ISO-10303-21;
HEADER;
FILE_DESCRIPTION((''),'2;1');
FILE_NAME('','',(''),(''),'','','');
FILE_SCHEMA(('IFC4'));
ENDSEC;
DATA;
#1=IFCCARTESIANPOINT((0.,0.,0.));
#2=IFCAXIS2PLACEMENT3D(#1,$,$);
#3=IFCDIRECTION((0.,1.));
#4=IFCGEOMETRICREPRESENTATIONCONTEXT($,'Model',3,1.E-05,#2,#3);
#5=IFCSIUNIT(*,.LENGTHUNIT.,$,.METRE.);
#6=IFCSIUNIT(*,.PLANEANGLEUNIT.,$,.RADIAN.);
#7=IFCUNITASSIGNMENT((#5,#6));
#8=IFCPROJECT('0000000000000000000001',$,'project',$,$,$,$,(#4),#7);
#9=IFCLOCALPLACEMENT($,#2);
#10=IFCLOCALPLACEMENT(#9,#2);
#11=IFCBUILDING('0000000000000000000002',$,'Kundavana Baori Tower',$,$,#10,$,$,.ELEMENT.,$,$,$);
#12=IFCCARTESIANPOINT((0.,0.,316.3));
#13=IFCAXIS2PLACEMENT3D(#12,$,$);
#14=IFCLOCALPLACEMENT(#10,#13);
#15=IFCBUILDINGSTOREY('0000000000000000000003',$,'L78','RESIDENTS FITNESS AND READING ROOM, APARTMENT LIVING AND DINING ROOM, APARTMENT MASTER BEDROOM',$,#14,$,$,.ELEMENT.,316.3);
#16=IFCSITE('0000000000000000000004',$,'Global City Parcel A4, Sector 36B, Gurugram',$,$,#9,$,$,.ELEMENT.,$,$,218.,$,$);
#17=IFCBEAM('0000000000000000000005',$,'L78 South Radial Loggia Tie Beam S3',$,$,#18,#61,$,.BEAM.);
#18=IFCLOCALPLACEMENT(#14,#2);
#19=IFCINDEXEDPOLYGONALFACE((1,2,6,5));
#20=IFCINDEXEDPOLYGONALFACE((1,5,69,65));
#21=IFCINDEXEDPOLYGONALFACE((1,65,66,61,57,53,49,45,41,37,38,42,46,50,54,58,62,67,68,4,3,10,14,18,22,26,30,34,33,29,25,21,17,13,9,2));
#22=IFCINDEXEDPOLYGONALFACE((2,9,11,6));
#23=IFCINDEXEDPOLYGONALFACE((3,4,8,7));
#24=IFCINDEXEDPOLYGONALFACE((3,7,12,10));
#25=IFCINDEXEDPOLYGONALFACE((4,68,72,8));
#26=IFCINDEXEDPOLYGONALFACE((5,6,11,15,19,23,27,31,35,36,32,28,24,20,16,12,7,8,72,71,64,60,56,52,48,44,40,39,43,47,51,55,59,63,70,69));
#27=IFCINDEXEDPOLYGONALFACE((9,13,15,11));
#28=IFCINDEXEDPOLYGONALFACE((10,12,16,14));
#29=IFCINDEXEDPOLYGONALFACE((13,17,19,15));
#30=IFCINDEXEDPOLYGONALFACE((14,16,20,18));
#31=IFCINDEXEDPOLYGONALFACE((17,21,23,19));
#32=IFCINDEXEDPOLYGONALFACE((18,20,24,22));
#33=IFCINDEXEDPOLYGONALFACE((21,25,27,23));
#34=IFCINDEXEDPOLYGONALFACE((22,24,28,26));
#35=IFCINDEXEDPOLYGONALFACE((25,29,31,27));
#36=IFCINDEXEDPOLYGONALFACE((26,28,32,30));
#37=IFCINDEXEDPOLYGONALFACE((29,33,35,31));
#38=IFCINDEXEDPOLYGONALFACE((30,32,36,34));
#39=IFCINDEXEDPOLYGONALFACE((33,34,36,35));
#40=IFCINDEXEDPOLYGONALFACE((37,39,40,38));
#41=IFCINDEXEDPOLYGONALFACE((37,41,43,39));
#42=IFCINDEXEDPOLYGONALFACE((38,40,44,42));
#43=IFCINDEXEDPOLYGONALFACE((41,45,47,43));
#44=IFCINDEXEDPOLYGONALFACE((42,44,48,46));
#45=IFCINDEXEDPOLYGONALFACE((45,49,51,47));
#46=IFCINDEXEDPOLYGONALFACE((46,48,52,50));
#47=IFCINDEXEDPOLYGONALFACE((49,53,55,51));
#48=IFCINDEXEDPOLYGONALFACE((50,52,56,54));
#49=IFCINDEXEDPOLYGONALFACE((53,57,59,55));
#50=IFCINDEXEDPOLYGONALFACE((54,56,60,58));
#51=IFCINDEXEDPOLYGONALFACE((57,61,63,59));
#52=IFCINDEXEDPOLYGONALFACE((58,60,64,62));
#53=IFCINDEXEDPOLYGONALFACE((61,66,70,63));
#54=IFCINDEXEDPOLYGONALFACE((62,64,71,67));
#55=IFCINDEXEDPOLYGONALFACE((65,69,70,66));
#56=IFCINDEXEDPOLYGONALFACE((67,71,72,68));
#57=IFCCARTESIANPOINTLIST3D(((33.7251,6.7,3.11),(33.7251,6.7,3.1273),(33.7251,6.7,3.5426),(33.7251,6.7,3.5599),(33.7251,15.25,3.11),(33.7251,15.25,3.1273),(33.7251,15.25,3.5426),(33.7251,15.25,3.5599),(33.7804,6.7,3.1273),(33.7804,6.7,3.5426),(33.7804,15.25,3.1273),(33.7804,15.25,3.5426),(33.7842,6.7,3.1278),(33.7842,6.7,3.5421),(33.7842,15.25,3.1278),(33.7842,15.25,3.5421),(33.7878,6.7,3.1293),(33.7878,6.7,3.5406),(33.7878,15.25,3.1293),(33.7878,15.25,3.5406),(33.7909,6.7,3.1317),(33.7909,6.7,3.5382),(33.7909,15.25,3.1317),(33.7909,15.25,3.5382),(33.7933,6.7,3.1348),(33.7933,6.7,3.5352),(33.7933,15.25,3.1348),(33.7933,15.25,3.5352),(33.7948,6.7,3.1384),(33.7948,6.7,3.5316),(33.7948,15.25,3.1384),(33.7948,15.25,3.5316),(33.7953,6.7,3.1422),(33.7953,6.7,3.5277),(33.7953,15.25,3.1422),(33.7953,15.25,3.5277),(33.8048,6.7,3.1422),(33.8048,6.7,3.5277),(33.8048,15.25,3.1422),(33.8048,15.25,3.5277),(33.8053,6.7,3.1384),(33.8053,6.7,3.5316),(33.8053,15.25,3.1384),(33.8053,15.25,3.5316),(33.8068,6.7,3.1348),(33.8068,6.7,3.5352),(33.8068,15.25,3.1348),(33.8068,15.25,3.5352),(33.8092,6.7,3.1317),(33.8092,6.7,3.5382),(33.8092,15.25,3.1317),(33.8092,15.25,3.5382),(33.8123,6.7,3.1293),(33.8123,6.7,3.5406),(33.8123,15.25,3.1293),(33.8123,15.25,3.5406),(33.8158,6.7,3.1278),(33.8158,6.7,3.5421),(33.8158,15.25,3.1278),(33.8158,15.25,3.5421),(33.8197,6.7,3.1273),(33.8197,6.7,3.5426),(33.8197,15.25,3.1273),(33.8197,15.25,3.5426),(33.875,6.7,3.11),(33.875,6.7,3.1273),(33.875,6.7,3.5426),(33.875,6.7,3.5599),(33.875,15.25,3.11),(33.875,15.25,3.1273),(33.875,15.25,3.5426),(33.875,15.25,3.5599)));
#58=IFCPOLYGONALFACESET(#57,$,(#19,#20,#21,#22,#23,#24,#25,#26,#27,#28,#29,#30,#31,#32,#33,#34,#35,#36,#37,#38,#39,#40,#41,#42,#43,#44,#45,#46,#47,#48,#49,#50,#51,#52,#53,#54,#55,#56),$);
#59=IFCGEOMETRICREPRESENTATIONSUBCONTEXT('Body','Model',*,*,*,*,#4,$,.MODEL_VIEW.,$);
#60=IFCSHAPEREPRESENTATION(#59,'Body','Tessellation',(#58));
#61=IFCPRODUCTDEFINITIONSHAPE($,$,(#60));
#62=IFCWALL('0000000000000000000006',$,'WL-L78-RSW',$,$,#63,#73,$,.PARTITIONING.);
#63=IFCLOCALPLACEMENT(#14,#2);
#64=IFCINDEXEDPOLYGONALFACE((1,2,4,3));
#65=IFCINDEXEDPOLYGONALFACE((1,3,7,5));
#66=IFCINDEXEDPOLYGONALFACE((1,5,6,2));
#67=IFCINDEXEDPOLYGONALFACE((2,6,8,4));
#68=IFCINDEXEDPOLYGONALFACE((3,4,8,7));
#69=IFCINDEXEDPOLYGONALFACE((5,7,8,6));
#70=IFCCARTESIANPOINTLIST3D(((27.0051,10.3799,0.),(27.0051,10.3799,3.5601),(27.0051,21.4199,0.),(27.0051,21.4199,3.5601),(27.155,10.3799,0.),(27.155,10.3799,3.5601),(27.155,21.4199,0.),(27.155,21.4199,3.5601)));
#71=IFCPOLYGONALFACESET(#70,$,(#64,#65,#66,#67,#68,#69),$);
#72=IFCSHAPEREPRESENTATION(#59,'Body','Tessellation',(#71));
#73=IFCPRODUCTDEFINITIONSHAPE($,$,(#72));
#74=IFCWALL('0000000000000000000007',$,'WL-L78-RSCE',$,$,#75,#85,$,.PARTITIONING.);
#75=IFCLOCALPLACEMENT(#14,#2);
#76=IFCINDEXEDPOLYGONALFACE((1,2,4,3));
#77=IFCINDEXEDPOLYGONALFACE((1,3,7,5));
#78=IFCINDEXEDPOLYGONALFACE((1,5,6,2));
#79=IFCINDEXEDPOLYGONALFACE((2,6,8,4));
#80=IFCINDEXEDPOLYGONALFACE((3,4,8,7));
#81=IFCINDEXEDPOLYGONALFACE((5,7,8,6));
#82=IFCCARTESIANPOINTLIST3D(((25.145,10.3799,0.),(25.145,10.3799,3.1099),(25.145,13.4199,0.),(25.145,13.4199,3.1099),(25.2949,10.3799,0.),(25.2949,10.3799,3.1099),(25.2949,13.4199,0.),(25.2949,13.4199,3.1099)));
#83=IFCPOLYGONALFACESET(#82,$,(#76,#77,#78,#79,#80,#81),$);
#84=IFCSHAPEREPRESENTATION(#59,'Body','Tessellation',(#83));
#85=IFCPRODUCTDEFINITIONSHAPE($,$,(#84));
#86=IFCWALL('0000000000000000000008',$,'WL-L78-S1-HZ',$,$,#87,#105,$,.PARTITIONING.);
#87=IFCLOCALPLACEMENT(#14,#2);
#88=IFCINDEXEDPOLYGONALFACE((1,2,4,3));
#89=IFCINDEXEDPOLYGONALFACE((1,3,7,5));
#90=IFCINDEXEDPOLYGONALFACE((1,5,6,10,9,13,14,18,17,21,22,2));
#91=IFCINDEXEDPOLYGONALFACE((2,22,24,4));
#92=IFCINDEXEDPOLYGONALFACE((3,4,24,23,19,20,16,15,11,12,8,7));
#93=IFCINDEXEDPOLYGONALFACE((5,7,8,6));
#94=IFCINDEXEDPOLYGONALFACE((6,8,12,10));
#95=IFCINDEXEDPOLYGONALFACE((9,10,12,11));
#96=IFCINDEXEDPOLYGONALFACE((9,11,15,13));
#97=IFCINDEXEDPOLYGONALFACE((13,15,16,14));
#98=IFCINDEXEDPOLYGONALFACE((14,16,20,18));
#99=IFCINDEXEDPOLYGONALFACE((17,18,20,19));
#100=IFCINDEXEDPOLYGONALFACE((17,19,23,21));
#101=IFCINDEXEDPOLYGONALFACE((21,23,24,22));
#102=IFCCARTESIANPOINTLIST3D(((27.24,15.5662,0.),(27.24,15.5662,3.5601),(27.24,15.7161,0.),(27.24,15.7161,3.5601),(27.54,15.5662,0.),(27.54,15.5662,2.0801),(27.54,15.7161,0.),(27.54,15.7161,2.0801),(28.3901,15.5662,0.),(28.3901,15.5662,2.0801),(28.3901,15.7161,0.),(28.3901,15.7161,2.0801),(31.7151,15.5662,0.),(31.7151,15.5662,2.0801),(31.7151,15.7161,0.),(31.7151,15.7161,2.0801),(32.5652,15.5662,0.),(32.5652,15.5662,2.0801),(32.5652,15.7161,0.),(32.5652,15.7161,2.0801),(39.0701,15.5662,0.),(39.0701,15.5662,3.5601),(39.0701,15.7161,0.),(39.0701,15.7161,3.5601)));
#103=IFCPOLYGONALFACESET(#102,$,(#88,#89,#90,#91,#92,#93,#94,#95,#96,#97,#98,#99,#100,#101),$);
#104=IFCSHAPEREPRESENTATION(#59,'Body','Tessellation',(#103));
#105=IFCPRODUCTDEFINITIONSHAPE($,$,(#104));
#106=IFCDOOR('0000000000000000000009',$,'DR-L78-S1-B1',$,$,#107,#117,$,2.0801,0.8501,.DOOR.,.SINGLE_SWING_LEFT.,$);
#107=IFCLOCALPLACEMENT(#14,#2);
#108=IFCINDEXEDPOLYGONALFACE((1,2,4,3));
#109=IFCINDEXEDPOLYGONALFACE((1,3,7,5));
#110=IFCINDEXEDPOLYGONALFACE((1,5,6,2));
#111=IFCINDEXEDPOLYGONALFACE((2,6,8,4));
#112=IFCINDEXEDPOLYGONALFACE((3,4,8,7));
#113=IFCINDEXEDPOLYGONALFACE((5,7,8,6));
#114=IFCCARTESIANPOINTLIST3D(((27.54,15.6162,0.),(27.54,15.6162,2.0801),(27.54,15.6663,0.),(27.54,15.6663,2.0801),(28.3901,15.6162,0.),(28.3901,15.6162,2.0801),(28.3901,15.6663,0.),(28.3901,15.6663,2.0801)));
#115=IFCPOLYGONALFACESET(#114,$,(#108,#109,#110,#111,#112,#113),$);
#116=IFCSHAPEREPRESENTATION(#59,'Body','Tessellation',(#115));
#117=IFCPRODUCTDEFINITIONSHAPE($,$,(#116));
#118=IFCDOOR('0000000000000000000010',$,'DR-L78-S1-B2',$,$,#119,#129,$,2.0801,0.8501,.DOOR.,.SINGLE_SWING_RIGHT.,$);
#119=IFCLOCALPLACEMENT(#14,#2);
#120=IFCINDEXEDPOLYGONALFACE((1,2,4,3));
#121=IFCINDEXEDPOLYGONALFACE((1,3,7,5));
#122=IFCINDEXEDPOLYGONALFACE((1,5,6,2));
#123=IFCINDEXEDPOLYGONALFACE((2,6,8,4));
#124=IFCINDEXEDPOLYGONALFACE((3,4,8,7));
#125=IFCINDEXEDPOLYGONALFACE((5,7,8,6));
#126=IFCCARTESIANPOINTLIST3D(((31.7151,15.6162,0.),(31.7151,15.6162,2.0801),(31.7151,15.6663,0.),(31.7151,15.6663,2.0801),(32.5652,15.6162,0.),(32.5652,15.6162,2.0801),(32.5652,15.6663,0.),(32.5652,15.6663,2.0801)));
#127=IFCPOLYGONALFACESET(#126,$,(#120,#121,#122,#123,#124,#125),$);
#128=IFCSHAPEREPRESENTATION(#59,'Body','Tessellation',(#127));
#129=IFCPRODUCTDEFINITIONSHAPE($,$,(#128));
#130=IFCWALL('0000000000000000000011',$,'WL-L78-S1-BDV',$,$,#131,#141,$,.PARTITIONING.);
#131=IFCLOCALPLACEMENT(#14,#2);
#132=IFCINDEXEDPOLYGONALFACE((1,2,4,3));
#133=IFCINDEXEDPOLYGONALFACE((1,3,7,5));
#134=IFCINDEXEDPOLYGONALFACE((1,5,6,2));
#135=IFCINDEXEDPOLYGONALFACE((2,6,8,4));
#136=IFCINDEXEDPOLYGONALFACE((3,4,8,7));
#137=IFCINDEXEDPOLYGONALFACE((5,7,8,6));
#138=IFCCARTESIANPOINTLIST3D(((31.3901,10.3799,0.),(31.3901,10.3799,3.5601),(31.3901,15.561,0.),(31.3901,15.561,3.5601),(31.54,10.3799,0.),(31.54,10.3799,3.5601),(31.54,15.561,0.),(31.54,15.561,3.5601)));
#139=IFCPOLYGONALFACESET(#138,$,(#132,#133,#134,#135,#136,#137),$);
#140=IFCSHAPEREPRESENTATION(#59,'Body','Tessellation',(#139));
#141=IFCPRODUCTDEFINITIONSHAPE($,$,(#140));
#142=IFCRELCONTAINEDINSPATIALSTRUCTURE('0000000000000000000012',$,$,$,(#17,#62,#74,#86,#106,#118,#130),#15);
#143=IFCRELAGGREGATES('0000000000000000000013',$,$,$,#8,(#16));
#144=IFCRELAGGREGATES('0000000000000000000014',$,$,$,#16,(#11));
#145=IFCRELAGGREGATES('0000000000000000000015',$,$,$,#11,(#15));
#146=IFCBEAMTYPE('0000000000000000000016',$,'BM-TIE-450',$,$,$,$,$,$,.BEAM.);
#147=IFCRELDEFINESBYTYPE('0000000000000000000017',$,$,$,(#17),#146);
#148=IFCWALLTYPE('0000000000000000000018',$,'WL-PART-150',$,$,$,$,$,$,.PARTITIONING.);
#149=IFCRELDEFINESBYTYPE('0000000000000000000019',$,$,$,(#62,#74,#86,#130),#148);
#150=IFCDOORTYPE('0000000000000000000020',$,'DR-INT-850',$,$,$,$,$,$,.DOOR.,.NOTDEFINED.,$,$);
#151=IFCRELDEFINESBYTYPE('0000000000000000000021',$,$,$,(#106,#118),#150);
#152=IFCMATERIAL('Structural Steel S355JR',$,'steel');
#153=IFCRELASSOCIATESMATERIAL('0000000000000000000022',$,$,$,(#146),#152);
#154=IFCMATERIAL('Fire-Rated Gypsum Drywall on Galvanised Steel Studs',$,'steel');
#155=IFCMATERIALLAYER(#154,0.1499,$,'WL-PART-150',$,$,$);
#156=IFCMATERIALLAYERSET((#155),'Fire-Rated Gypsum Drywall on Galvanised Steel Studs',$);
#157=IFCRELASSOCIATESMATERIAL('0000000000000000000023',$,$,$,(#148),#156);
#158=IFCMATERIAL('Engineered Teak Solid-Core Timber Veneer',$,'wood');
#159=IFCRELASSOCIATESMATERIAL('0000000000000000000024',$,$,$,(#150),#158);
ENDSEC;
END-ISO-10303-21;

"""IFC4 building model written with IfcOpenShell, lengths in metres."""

from ifc_helpers import new_model, si_unit, direction, frame, frame_2d, origin, origin_2d, place, context, subcontext, project, spatial, rectangle, i_section, extrude, material, layer, layer_set, material_profile, profile_set, type_object, element, fill, save


model = new_model("IFC4")

# Units and contexts
model_context = context("Model", 3, precision=1e-05, world=origin(), true_north=direction((0.0, 1.0)))
body_context = subcontext(model_context, "Body", "Model", "MODEL_VIEW")
ifc_project = project(units=[si_unit("LENGTHUNIT", "METRE"), si_unit("PLANEANGLEUNIT", "RADIAN")], contexts=[model_context])

# Site, building, storey
site_placement = place(None, origin())
site = spatial("IfcSite", under=ifc_project, at=site_placement, Name="Global City Parcel A4, Sector 36B, Gurugram", CompositionType="ELEMENT", RefElevation=218.0)
building_placement = place(site_placement, origin())
building = spatial("IfcBuilding", under=site, at=building_placement, Name="Kundavana Baori Tower", CompositionType="ELEMENT")
storey_placement = place(building_placement, frame((0.0, 0.0, 316.3)))
storey = spatial("IfcBuildingStorey", under=building, at=storey_placement, Name="L78", Description="RESIDENTS FITNESS AND READING ROOM, APARTMENT LIVING AND DINING ROOM, APARTMENT MASTER BEDROOM", CompositionType="ELEMENT", Elevation=316.3)

# Beam
ifc_material_1 = material(Name="Structural Steel S355JR", Category="steel")
ifc_material_profile_1 = material_profile(ifc_material_1, i_section(OverallWidth=0.1499, OverallDepth=0.45, WebThickness=0.0095, FlangeThickness=0.0173, FilletRadius=0.0149, at=origin_2d()), Name="ISMB 450")
ifc_profile_set_1 = profile_set([ifc_material_profile_1], Name="Structural Steel S355JR")
beam_type_1 = type_object("IfcBeamType", Name="BM-TIE-450", PredefinedType="BEAM", material=ifc_profile_set_1)
beam_1_placement = place(storey_placement, frame((33.8, 15.25, 3.335), z_axis=(0.0, -1.0, 0.0), x_axis=(1.0, 0.0, 0.0)))
element("IfcBeam", 1, at=beam_1_placement, inside=storey, type_object=beam_type_1, Name="L78 South Radial Loggia Tie Beam S3", PredefinedType="BEAM", context=body_context, shape_type="SweptSolid", body=[
    extrude(i_section(OverallWidth=0.1499, OverallDepth=0.45, WebThickness=0.0095, FlangeThickness=0.0173, FilletRadius=0.0149, at=origin_2d()), origin(), (0.0, 0.0, 1.0), 8.55),
])

# Walls
ifc_material_2 = material(Name="Fire-Rated Gypsum Drywall on Galvanised Steel Studs", Category="steel")
ifc_layer_1 = layer(ifc_material_2, 0.1499, Name="WL-PART-150")
ifc_layer_set_1 = layer_set([ifc_layer_1], Name="Fire-Rated Gypsum Drywall on Galvanised Steel Studs")
wall_type_1 = type_object("IfcWallType", Name="WL-PART-150", PredefinedType="PARTITIONING", material=ifc_layer_set_1)
wall_1_placement = place(storey_placement, frame((27.0801, 10.3799, 0.0), z_axis=(0.0, 0.0, 1.0), x_axis=(0.0, 1.0, 0.0)))
element("IfcWall", 2, at=wall_1_placement, inside=storey, type_object=wall_type_1, Name="WL-L78-RSW", PredefinedType="PARTITIONING", context=body_context, shape_type="SweptSolid", body=[
    extrude(rectangle(XDim=11.04, YDim=0.1499, at=frame_2d((5.52, 0.0))), origin(), (0.0, 0.0, 1.0), 3.5601),
])
wall_2_placement = place(storey_placement, frame((25.22, 10.3799, 0.0), z_axis=(0.0, 0.0, 1.0), x_axis=(0.0, 1.0, 0.0)))
element("IfcWall", 3, at=wall_2_placement, inside=storey, type_object=wall_type_1, Name="WL-L78-RSCE", PredefinedType="PARTITIONING", context=body_context, shape_type="SweptSolid", body=[
    extrude(rectangle(XDim=3.04, YDim=0.1499, at=frame_2d((1.52, 0.0))), origin(), (0.0, 0.0, 1.0), 3.1099),
])

# Wall, openings, doors
wall_3_placement = place(storey_placement, frame((27.24, 15.6411, 0.0), z_axis=(0.0, 0.0, 1.0), x_axis=(1.0, 0.0, 0.0)))
wall_3 = element("IfcWall", 4, at=wall_3_placement, inside=storey, type_object=wall_type_1, Name="WL-L78-S1-HZ", PredefinedType="PARTITIONING", context=body_context, shape_type="SweptSolid", body=[
    extrude(rectangle(XDim=11.8301, YDim=0.1499, at=frame_2d((5.915, 0.0))), origin(), (0.0, 0.0, 1.0), 3.5601),
])
opening_1_placement = place(wall_3_placement, frame((0.3, 0.0, 0.0)))
opening_1 = element("IfcOpeningElement", 5, at=opening_1_placement, cuts=wall_3, PredefinedType="OPENING", context=body_context, shape_type="SweptSolid", body=[
    extrude(rectangle(XDim=0.8501, YDim=2.0801, at=frame_2d((0.425, 1.04))), frame((0.0, 0.085, 0.0), z_axis=(0.0, -1.0, 0.0), x_axis=(1.0, 0.0, 0.0)), (0.0, 0.0, 1.0), 0.1699),
])
opening_2_placement = place(wall_3_placement, frame((4.4751, 0.0, 0.0)))
opening_2 = element("IfcOpeningElement", 6, at=opening_2_placement, cuts=wall_3, PredefinedType="OPENING", context=body_context, shape_type="SweptSolid", body=[
    extrude(rectangle(XDim=0.8501, YDim=2.0801, at=frame_2d((0.425, 1.04))), frame((0.0, 0.085, 0.0), z_axis=(0.0, -1.0, 0.0), x_axis=(1.0, 0.0, 0.0)), (0.0, 0.0, 1.0), 0.1699),
])
ifc_material_3 = material(Name="Engineered Teak Solid-Core Timber Veneer", Category="wood")
door_type_1 = type_object("IfcDoorType", Name="DR-INT-850", OperationType="NOTDEFINED", PredefinedType="DOOR", material=ifc_material_3)
door_1_placement = place(opening_1_placement, frame((0.8501, 0.0, 0.0), z_axis=(0.0, 0.0, 1.0), x_axis=(-1.0, 0.0, 0.0)))
door_1 = element("IfcDoor", 7, at=door_1_placement, inside=storey, type_object=door_type_1, Name="DR-L78-S1-B1", OperationType="SINGLE_SWING_LEFT", OverallHeight=2.0801, OverallWidth=0.8501, PredefinedType="DOOR", context=body_context, shape_type="SweptSolid", body=[
    extrude(rectangle(XDim=0.8501, YDim=2.0801, at=frame_2d((0.425, 1.04))), frame((0.0, 0.0249, 0.0), z_axis=(0.0, -1.0, 0.0), x_axis=(1.0, 0.0, 0.0)), (0.0, 0.0, 1.0), 0.05),
])
fill(opening_1, door_1)
door_2_placement = place(opening_2_placement, frame((0.8501, 0.0, 0.0), z_axis=(0.0, 0.0, 1.0), x_axis=(-1.0, 0.0, 0.0)))
door_2 = element("IfcDoor", 8, at=door_2_placement, inside=storey, type_object=door_type_1, Name="DR-L78-S1-B2", OperationType="SINGLE_SWING_RIGHT", OverallHeight=2.0801, OverallWidth=0.8501, PredefinedType="DOOR", context=body_context, shape_type="SweptSolid", body=[
    extrude(rectangle(XDim=0.8501, YDim=2.0801, at=frame_2d((0.425, 1.04))), frame((0.0, 0.0249, 0.0), z_axis=(0.0, -1.0, 0.0), x_axis=(1.0, 0.0, 0.0)), (0.0, 0.0, 1.0), 0.05),
])
fill(opening_2, door_2)

# Wall
wall_4_placement = place(storey_placement, frame((31.4651, 10.3799, 0.0), z_axis=(0.0, 0.0, 1.0), x_axis=(0.0, 1.0, 0.0)))
element("IfcWall", 9, at=wall_4_placement, inside=storey, type_object=wall_type_1, Name="WL-L78-S1-BDV", PredefinedType="PARTITIONING", context=body_context, shape_type="SweptSolid", body=[
    extrude(rectangle(XDim=5.1812, YDim=0.1499, at=frame_2d((2.5906, 0.0))), origin(), (0.0, 0.0, 1.0), 3.5601),
])

save(model, "model.ifc")
